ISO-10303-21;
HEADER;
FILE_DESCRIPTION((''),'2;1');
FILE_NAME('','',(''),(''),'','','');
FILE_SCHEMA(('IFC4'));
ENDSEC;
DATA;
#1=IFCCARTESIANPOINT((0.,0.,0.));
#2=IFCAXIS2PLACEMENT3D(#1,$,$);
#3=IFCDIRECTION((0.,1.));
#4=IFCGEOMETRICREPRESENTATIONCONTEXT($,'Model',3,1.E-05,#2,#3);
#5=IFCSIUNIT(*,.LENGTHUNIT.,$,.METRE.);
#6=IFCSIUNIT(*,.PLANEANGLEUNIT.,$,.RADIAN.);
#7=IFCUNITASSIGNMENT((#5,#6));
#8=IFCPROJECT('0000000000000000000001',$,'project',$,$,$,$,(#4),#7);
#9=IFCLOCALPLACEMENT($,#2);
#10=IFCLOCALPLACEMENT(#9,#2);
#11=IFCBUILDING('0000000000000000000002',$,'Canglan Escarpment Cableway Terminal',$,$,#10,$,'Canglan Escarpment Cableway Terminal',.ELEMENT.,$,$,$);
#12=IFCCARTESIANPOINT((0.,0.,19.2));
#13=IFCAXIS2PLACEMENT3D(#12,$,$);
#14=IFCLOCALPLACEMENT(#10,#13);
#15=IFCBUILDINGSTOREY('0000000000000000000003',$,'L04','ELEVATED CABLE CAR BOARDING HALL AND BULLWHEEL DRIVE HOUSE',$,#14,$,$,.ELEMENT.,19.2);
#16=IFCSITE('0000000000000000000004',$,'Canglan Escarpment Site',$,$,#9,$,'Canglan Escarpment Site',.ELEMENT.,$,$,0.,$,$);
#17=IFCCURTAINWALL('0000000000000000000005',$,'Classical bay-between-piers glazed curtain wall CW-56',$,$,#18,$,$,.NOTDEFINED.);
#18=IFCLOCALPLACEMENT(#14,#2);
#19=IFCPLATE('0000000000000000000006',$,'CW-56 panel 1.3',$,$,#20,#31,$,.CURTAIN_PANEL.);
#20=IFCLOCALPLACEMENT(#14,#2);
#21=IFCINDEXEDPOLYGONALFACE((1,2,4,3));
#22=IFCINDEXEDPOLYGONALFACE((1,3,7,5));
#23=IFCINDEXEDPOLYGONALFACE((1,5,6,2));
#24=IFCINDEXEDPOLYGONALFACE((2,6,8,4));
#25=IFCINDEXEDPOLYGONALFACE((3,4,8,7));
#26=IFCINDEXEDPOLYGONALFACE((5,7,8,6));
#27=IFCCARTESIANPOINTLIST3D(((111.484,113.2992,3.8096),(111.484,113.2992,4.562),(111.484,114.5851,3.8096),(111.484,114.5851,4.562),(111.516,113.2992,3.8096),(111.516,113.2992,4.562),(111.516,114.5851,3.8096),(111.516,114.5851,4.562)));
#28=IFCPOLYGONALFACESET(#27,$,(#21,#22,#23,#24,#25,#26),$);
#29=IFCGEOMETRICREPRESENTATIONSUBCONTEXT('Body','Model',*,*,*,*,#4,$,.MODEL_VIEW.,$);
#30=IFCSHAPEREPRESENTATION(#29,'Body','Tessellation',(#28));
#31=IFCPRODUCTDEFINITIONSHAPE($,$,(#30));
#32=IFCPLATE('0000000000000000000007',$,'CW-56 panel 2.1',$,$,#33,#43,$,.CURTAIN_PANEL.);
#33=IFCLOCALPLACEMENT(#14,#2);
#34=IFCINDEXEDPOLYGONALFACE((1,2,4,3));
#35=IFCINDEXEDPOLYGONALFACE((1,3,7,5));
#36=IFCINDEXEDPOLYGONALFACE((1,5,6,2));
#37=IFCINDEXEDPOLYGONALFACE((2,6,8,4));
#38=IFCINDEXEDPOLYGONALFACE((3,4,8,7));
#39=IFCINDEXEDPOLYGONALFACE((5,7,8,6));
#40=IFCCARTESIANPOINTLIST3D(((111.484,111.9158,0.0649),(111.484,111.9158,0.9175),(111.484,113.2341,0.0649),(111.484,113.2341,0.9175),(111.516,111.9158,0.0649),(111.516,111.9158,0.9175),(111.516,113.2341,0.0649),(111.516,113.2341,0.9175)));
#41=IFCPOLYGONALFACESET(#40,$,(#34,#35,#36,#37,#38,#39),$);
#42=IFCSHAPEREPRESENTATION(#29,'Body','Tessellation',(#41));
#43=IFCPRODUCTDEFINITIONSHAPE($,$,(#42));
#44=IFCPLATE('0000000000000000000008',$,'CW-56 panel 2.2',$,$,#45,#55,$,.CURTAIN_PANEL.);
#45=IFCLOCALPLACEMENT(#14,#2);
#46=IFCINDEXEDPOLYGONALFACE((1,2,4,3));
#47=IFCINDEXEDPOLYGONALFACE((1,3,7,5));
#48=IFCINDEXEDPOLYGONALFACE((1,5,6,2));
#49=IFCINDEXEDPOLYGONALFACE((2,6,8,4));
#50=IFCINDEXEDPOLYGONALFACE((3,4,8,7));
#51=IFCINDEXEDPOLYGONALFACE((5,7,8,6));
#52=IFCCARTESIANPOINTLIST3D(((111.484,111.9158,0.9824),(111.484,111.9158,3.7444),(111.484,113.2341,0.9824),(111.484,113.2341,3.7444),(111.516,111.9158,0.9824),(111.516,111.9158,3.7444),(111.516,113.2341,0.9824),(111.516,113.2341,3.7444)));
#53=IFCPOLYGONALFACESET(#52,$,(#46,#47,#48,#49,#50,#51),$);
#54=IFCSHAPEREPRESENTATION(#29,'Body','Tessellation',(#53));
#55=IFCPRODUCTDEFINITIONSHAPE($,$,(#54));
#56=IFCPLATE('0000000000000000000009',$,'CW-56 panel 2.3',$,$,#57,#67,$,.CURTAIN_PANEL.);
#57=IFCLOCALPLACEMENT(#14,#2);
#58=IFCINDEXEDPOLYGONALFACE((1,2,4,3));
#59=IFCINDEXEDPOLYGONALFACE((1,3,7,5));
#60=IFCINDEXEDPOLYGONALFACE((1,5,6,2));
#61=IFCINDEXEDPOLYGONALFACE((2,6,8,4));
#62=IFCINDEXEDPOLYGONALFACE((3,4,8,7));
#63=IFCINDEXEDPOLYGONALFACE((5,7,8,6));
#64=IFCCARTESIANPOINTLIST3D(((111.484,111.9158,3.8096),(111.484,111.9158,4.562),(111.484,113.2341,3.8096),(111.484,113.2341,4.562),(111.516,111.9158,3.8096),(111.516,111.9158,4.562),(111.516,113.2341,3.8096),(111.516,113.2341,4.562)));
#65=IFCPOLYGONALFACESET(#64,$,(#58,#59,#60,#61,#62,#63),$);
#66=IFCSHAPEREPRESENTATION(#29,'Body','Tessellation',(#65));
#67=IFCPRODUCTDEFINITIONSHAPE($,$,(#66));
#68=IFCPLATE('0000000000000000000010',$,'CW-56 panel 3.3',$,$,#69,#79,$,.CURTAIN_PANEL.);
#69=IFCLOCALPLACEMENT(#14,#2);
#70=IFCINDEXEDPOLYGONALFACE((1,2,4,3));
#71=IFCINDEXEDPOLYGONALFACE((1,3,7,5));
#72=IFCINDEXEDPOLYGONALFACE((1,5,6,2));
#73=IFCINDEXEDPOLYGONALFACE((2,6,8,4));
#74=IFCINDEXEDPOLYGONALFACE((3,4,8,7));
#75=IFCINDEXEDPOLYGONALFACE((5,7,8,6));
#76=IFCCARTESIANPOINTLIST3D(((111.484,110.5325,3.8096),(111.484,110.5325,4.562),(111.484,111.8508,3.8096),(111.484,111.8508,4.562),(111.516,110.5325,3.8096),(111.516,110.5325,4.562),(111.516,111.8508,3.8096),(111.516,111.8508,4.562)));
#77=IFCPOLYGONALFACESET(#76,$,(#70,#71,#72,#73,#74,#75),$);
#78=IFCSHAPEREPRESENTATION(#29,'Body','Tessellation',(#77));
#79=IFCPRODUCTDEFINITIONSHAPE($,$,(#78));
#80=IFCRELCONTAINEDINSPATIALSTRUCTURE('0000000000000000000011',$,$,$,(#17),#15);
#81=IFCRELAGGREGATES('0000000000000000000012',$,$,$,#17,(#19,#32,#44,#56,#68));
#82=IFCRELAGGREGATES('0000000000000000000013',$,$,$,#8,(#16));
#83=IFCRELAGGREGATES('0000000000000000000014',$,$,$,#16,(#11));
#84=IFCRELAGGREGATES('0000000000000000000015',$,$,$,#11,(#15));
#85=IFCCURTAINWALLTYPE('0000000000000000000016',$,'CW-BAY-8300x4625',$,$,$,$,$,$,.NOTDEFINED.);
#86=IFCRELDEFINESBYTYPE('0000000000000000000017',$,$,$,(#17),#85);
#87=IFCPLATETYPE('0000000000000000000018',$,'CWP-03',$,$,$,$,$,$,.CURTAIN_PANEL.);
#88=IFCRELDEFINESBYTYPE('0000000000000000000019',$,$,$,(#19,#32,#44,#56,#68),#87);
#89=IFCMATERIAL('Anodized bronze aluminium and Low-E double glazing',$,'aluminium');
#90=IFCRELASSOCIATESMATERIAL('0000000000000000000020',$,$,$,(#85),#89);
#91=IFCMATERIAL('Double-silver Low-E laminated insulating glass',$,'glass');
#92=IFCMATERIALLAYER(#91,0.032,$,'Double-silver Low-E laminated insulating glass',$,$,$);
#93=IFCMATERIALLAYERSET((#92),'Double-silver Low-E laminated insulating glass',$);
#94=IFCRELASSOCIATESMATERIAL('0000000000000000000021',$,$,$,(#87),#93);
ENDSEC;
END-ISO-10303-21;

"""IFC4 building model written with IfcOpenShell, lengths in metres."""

from ifc_helpers import new_model, si_unit, direction, frame, origin, origin_2d, place, context, subcontext, project, spatial, rectangle, extrude, material, layer, layer_set, type_object, element, aggregate, save


model = new_model("IFC4")

# Units and contexts
model_context = context("Model", 3, precision=1e-05, world=origin(), true_north=direction((0.0, 1.0)))
body_context = subcontext(model_context, "Body", "Model", "MODEL_VIEW")
ifc_project = project(units=[si_unit("LENGTHUNIT", "METRE"), si_unit("PLANEANGLEUNIT", "RADIAN")], contexts=[model_context])

# Site, building, storey
site_placement = place(None, origin())
site = spatial("IfcSite", under=ifc_project, at=site_placement, Name="Canglan Escarpment Site", LongName="Canglan Escarpment Site", CompositionType="ELEMENT", RefElevation=0.0)
building_placement = place(site_placement, origin())
building = spatial("IfcBuilding", under=site, at=building_placement, Name="Canglan Escarpment Cableway Terminal", LongName="Canglan Escarpment Cableway Terminal", CompositionType="ELEMENT")
storey_placement = place(building_placement, frame((0.0, 0.0, 19.2)))
storey = spatial("IfcBuildingStorey", under=building, at=storey_placement, Name="L04", Description="ELEVATED CABLE CAR BOARDING HALL AND BULLWHEEL DRIVE HOUSE", CompositionType="ELEMENT", Elevation=19.2)

# Curtain wall
ifc_material_1 = material(Name="Anodized bronze aluminium and Low-E double glazing", Category="aluminium")
curtain_wall_type_1 = type_object("IfcCurtainWallType", Name="CW-BAY-8300x4625", PredefinedType="NOTDEFINED", material=ifc_material_1)
curtain_wall_1_placement = place(storey_placement, origin())
curtain_wall_1 = element("IfcCurtainWall", 1, at=curtain_wall_1_placement, inside=storey, type_object=curtain_wall_type_1, Name="Classical bay-between-piers glazed curtain wall CW-56", PredefinedType="NOTDEFINED")

# Plates
ifc_material_2 = material(Name="Double-silver Low-E laminated insulating glass", Category="glass")
ifc_layer_1 = layer(ifc_material_2, 0.032, Name="Double-silver Low-E laminated insulating glass")
ifc_layer_set_1 = layer_set([ifc_layer_1], Name="Double-silver Low-E laminated insulating glass")
plate_type_1 = type_object("IfcPlateType", Name="CWP-03", PredefinedType="CURTAIN_PANEL", material=ifc_layer_set_1)
plate_1_placement = place(storey_placement, frame((111.5, 113.9421, 3.8096), z_axis=(0.0, 0.0, 1.0), x_axis=(0.0, -1.0, 0.0)))
plate_1 = element("IfcPlate", 2, at=plate_1_placement, type_object=plate_type_1, Name="CW-56 panel 1.3", PredefinedType="CURTAIN_PANEL", context=body_context, shape_type="SweptSolid", body=[
    extrude(rectangle(XDim=1.2859, YDim=0.032, at=origin_2d()), origin(), (0.0, 0.0, 1.0), 0.7524),
])
plate_2_placement = place(storey_placement, frame((111.5, 112.575, 0.0649), z_axis=(0.0, 0.0, 1.0), x_axis=(0.0, -1.0, 0.0)))
plate_2 = element("IfcPlate", 3, at=plate_2_placement, type_object=plate_type_1, Name="CW-56 panel 2.1", PredefinedType="CURTAIN_PANEL", context=body_context, shape_type="SweptSolid", body=[
    extrude(rectangle(XDim=1.3184, YDim=0.032, at=origin_2d()), origin(), (0.0, 0.0, 1.0), 0.8525),
])
plate_3_placement = place(storey_placement, frame((111.5, 112.575, 0.9824), z_axis=(0.0, 0.0, 1.0), x_axis=(0.0, -1.0, 0.0)))
plate_3 = element("IfcPlate", 4, at=plate_3_placement, type_object=plate_type_1, Name="CW-56 panel 2.2", PredefinedType="CURTAIN_PANEL", context=body_context, shape_type="SweptSolid", body=[
    extrude(rectangle(XDim=1.3184, YDim=0.032, at=origin_2d()), origin(), (0.0, 0.0, 1.0), 2.762),
])
plate_4_placement = place(storey_placement, frame((111.5, 112.575, 3.8096), z_axis=(0.0, 0.0, 1.0), x_axis=(0.0, -1.0, 0.0)))
plate_4 = element("IfcPlate", 5, at=plate_4_placement, type_object=plate_type_1, Name="CW-56 panel 2.3", PredefinedType="CURTAIN_PANEL", context=body_context, shape_type="SweptSolid", body=[
    extrude(rectangle(XDim=1.3184, YDim=0.032, at=origin_2d()), origin(), (0.0, 0.0, 1.0), 0.7524),
])
plate_5_placement = place(storey_placement, frame((111.5, 111.1917, 3.8096), z_axis=(0.0, 0.0, 1.0), x_axis=(0.0, -1.0, 0.0)))
plate_5 = element("IfcPlate", 6, at=plate_5_placement, type_object=plate_type_1, Name="CW-56 panel 3.3", PredefinedType="CURTAIN_PANEL", context=body_context, shape_type="SweptSolid", body=[
    extrude(rectangle(XDim=1.3184, YDim=0.032, at=origin_2d()), origin(), (0.0, 0.0, 1.0), 0.7524),
])
aggregate(curtain_wall_1, [plate_1, plate_2, plate_3, plate_4, plate_5])

save(model, "model.ifc")
